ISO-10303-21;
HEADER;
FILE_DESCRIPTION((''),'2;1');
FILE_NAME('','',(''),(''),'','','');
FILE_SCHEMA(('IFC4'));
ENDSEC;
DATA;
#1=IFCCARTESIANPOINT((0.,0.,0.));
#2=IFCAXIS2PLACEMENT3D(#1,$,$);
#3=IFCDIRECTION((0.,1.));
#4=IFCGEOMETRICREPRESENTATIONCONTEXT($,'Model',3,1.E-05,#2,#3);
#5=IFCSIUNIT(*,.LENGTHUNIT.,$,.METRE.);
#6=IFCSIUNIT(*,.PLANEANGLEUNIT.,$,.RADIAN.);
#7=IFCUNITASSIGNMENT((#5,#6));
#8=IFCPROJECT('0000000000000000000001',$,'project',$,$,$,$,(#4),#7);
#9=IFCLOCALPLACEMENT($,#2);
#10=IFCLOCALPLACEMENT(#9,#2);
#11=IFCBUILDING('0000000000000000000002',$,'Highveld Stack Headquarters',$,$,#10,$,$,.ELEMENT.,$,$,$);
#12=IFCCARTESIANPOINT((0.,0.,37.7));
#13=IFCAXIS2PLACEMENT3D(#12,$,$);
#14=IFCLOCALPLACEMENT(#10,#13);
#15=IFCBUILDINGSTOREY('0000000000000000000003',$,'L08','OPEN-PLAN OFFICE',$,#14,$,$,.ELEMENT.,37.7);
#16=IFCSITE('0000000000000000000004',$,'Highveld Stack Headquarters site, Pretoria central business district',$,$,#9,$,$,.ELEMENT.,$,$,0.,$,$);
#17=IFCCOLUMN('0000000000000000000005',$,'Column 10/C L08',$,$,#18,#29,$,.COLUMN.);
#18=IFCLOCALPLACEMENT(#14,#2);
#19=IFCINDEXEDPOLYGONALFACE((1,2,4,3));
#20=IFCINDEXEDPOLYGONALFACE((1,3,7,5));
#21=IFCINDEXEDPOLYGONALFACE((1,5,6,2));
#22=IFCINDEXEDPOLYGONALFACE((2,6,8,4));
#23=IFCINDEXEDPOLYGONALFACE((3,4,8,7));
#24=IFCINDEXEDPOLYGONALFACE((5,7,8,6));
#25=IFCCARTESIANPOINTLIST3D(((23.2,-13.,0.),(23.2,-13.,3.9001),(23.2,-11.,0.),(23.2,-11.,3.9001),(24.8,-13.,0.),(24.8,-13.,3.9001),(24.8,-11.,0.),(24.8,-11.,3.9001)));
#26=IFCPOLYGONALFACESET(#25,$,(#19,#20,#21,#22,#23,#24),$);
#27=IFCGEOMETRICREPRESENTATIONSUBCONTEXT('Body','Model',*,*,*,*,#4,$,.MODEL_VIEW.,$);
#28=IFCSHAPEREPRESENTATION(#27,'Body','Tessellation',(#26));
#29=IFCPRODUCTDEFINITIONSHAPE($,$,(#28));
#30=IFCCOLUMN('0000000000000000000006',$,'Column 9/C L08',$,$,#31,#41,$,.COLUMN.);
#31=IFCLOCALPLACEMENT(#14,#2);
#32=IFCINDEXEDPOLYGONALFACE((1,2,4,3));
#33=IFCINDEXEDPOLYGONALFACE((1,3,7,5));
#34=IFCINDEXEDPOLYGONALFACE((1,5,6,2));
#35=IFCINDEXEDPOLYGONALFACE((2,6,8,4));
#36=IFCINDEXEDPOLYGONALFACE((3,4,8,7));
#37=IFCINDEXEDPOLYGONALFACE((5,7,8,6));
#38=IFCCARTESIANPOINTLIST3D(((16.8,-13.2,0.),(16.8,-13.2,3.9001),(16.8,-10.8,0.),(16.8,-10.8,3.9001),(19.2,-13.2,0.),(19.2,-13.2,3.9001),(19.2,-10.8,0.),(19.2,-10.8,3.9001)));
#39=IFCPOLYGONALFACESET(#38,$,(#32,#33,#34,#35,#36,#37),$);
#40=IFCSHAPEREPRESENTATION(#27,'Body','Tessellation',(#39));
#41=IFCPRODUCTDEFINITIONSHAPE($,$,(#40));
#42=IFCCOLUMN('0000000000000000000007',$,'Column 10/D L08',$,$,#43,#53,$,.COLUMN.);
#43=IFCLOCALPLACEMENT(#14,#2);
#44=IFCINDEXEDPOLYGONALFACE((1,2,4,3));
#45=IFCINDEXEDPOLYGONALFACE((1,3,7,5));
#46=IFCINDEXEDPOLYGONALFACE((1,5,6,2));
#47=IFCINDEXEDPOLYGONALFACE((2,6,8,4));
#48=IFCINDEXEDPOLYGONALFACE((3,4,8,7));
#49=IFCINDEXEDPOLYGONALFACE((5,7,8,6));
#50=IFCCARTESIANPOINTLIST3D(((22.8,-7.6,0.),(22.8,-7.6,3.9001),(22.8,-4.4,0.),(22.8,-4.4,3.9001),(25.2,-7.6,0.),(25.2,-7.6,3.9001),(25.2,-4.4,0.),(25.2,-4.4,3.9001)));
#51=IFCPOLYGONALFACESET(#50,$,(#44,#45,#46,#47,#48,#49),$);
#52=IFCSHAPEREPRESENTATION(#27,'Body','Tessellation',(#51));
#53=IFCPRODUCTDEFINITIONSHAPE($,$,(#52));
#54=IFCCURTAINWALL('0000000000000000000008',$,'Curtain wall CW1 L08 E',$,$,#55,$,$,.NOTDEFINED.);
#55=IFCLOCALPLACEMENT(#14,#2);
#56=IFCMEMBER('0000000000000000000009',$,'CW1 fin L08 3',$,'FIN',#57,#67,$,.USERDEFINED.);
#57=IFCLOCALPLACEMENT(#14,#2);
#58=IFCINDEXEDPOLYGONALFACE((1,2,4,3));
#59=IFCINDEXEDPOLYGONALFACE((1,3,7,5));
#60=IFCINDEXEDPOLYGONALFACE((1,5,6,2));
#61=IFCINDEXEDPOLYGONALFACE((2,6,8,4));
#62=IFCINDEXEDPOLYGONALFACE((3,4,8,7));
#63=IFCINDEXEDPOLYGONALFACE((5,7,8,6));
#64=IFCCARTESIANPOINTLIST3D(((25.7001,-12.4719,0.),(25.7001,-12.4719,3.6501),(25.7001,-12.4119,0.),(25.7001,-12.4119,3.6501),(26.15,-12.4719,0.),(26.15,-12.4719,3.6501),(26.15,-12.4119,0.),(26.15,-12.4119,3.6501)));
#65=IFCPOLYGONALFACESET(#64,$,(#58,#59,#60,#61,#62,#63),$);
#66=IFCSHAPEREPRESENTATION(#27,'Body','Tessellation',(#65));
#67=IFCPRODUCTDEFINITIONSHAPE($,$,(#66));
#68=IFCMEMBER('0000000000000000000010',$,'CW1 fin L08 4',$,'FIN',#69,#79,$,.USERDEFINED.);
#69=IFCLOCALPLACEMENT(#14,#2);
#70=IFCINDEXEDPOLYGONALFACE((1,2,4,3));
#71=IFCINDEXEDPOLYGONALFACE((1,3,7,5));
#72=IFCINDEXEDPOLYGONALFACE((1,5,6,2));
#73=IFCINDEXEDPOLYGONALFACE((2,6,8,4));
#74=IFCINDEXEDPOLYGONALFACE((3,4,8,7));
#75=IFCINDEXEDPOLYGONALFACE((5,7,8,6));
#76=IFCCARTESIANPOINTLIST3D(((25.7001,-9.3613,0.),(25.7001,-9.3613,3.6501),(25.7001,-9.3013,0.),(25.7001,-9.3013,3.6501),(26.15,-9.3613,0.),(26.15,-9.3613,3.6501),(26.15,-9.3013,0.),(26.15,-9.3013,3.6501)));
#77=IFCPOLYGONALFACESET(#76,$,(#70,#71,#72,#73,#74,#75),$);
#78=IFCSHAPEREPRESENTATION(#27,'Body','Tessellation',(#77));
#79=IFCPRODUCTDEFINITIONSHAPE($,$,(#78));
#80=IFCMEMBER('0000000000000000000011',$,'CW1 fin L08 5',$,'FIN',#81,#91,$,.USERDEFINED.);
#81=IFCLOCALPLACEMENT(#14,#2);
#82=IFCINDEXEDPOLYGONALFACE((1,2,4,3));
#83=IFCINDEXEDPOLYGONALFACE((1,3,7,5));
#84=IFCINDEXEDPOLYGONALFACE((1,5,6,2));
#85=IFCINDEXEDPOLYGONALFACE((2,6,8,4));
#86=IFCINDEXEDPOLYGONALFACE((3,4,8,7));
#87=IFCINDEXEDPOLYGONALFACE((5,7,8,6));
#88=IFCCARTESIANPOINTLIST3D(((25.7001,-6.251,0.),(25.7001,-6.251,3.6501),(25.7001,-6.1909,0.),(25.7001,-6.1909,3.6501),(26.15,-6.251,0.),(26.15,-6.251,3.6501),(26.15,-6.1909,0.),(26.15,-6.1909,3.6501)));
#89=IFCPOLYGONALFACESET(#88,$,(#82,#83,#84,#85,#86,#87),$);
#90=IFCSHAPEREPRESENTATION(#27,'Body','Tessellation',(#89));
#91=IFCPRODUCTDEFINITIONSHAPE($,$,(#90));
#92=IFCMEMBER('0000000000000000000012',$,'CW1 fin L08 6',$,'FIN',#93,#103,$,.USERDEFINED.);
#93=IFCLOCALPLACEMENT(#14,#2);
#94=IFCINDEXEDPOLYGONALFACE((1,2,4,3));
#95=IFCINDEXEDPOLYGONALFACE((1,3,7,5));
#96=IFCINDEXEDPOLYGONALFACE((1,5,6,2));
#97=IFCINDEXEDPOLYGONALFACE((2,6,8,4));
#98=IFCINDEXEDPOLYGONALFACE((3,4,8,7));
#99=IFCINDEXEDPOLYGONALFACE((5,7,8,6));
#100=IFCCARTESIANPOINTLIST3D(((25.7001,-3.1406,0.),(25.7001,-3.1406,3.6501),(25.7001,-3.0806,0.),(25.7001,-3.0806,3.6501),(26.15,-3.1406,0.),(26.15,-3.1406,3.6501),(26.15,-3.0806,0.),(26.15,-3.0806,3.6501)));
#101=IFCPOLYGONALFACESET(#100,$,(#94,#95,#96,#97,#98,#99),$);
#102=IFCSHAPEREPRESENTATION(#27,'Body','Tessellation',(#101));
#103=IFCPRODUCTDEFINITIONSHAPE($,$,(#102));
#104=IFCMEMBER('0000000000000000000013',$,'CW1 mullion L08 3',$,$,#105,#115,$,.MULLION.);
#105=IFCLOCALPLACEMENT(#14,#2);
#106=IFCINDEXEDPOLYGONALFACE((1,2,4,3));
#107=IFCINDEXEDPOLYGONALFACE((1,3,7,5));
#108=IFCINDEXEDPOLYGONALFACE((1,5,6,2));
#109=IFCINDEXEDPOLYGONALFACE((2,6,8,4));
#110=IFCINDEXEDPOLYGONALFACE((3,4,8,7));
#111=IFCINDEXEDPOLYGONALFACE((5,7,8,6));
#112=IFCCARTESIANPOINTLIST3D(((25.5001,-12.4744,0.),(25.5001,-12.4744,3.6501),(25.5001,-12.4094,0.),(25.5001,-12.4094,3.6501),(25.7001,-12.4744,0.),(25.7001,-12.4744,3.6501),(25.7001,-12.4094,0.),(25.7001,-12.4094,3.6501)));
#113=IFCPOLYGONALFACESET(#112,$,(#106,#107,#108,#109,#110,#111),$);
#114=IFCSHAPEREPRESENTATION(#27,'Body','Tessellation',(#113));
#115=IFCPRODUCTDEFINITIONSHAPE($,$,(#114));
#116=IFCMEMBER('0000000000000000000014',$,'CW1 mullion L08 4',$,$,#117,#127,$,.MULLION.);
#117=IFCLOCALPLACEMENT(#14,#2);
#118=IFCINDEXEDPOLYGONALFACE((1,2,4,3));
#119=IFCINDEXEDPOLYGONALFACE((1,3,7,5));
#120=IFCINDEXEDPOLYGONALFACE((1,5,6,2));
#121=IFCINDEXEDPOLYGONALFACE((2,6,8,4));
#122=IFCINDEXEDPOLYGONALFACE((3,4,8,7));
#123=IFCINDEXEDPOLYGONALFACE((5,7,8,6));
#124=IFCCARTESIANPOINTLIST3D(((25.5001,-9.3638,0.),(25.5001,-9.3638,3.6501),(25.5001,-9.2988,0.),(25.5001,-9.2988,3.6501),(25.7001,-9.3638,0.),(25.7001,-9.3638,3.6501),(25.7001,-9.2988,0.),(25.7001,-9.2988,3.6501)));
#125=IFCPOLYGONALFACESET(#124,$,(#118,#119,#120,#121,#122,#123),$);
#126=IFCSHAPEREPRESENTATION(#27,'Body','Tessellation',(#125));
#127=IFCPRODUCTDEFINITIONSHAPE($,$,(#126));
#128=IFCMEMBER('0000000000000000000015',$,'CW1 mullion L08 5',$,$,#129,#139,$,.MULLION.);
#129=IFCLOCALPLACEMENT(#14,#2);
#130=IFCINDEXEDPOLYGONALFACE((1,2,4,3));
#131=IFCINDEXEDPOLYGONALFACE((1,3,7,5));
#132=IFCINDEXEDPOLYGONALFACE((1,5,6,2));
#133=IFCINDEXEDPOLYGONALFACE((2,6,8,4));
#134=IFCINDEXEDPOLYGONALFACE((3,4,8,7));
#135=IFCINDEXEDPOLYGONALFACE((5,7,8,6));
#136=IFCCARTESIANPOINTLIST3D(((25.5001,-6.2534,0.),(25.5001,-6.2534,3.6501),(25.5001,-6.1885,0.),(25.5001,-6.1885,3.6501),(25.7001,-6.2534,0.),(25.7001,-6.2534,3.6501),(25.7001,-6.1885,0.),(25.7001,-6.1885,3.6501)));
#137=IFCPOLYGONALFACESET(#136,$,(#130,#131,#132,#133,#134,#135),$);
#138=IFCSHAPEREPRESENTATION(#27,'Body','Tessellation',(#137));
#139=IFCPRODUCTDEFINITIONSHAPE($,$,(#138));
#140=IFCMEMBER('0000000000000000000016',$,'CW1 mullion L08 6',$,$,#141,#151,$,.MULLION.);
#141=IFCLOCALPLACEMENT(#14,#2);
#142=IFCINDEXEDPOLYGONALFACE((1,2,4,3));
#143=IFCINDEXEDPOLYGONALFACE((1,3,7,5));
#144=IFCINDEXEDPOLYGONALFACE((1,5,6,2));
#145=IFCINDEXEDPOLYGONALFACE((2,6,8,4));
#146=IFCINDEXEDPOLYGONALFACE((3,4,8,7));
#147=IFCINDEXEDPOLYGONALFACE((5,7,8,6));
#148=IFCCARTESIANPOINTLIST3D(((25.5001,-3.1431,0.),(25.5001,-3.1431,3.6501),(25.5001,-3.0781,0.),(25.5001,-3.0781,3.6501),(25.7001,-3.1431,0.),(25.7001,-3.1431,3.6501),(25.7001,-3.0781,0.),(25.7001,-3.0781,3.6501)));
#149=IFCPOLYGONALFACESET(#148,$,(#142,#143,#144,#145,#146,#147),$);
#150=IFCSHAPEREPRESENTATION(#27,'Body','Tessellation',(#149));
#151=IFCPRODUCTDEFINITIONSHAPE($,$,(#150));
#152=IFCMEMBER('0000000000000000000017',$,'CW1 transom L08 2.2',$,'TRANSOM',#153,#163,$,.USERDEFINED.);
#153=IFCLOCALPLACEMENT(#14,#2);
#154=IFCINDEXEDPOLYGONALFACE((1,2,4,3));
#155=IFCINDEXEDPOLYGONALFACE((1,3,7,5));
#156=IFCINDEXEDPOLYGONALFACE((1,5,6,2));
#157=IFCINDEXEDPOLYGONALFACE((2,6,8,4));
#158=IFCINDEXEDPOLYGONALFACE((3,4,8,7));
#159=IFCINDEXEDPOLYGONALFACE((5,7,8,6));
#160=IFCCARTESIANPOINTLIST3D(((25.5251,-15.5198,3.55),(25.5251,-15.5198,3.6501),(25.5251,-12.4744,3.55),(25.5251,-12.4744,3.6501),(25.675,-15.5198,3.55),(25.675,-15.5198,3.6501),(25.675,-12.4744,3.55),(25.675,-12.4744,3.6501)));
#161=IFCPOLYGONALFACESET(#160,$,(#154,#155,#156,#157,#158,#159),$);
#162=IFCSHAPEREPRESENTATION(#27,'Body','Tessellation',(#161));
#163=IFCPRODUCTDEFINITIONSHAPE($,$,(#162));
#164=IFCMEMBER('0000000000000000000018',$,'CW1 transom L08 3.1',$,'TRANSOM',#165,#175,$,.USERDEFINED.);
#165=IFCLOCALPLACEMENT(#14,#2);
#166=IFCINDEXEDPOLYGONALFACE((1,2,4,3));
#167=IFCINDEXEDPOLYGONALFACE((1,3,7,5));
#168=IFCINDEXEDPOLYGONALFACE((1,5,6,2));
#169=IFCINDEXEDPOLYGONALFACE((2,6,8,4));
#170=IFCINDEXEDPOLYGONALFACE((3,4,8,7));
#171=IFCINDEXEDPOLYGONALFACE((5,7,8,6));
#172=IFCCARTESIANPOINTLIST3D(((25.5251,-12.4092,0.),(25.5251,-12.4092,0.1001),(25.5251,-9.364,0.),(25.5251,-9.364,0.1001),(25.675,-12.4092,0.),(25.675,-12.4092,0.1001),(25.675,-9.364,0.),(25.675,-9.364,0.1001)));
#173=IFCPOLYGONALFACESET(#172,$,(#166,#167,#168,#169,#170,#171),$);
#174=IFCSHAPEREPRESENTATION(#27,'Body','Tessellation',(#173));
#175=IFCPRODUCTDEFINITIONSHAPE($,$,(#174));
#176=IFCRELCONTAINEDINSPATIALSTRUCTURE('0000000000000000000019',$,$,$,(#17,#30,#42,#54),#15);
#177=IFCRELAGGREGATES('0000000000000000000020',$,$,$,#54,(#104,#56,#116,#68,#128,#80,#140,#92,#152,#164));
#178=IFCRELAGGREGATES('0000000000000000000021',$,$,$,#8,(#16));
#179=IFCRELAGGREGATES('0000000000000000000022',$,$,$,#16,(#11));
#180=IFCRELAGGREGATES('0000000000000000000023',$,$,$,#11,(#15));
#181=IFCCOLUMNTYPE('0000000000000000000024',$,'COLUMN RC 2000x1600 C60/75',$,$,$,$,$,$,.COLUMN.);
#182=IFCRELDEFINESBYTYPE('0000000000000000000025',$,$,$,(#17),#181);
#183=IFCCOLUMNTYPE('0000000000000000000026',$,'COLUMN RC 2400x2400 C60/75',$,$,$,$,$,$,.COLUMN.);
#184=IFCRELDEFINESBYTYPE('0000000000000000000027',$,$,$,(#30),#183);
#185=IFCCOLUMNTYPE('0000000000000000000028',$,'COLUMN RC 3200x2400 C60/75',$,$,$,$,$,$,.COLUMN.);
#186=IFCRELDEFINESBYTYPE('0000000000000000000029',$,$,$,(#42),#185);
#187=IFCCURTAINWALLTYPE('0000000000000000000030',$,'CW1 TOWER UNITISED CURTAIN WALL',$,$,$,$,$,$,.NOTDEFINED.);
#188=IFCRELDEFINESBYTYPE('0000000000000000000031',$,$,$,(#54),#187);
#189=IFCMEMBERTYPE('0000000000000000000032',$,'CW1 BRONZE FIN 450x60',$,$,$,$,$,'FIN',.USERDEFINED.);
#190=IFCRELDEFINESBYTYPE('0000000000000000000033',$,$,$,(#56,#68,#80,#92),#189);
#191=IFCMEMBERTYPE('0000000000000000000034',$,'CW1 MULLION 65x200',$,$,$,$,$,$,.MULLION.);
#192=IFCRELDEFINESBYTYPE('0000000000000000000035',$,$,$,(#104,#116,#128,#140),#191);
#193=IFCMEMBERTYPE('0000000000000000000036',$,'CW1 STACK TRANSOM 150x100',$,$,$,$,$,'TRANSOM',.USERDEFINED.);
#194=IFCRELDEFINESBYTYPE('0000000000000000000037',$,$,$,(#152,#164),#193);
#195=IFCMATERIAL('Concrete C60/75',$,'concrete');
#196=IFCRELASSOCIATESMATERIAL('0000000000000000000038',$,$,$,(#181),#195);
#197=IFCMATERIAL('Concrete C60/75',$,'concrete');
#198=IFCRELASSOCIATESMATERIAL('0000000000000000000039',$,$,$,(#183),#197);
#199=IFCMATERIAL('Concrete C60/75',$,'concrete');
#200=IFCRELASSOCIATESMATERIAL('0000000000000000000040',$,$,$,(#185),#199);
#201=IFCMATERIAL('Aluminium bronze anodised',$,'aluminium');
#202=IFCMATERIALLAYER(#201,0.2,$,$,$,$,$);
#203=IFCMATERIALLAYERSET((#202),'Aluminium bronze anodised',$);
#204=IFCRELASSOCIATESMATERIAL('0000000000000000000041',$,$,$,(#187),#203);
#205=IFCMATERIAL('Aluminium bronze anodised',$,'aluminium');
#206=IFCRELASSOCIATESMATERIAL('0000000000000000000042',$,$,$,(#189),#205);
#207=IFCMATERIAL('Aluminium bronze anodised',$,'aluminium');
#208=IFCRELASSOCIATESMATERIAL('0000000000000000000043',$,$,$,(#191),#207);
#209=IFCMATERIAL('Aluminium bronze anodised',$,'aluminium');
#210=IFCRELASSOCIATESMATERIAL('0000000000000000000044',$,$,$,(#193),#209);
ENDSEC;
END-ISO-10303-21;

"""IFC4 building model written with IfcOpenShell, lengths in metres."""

from ifc_helpers import new_model, si_unit, direction, frame, origin, origin_2d, place, context, subcontext, project, spatial, rectangle, extrude, material, layer, layer_set, material_profile, profile_set, type_object, element, aggregate, save


model = new_model("IFC4")

# Units and contexts
model_context = context("Model", 3, precision=1e-05, world=origin(), true_north=direction((0.0, 1.0)))
body_context = subcontext(model_context, "Body", "Model", "MODEL_VIEW")
ifc_project = project(units=[si_unit("LENGTHUNIT", "METRE"), si_unit("PLANEANGLEUNIT", "RADIAN")], contexts=[model_context])

# Site, building, storey
site_placement = place(None, origin())
site = spatial("IfcSite", under=ifc_project, at=site_placement, Name="Highveld Stack Headquarters site, Pretoria central business district", CompositionType="ELEMENT", RefElevation=0.0)
building_placement = place(site_placement, origin())
building = spatial("IfcBuilding", under=site, at=building_placement, Name="Highveld Stack Headquarters", CompositionType="ELEMENT")
storey_placement = place(building_placement, frame((0.0, 0.0, 37.7)))
storey = spatial("IfcBuildingStorey", under=building, at=storey_placement, Name="L08", Description="OPEN-PLAN OFFICE", CompositionType="ELEMENT", Elevation=37.7)

# Columns
ifc_material_1 = material(Name="Concrete C60/75", Category="concrete")
ifc_material_profile_1 = material_profile(ifc_material_1, rectangle(XDim=2.0, YDim=1.6001, at=origin_2d()), Name="RC 2000x1600")
ifc_profile_set_1 = profile_set([ifc_material_profile_1], Name="Concrete C60/75")
column_type_1 = type_object("IfcColumnType", Name="COLUMN RC 2000x1600 C60/75", PredefinedType="COLUMN", material=ifc_profile_set_1)
column_1_placement = place(storey_placement, frame((24.0, -12.0, 0.0), z_axis=(0.0, 0.0, 1.0), x_axis=(0.0, 1.0, 0.0)))
element("IfcColumn", 1, at=column_1_placement, inside=storey, type_object=column_type_1, Name="Column 10/C L08", PredefinedType="COLUMN", context=body_context, shape_type="SweptSolid", body=[
    extrude(rectangle(XDim=2.0, YDim=1.6001, at=origin_2d()), origin(), (0.0, 0.0, 1.0), 3.9001),
])
ifc_material_2 = material(Name="Concrete C60/75", Category="concrete")
ifc_material_profile_2 = material_profile(ifc_material_2, rectangle(XDim=2.3999, YDim=2.3999, at=origin_2d()), Name="RC 2400x2400")
ifc_profile_set_2 = profile_set([ifc_material_profile_2], Name="Concrete C60/75")
column_type_2 = type_object("IfcColumnType", Name="COLUMN RC 2400x2400 C60/75", PredefinedType="COLUMN", material=ifc_profile_set_2)
column_2_placement = place(storey_placement, frame((18.0, -12.0, 0.0), z_axis=(0.0, 0.0, 1.0), x_axis=(1.0, 0.0, 0.0)))
element("IfcColumn", 2, at=column_2_placement, inside=storey, type_object=column_type_2, Name="Column 9/C L08", PredefinedType="COLUMN", context=body_context, shape_type="SweptSolid", body=[
    extrude(rectangle(XDim=2.3999, YDim=2.3999, at=origin_2d()), origin(), (0.0, 0.0, 1.0), 3.9001),
])
ifc_material_3 = material(Name="Concrete C60/75", Category="concrete")
ifc_material_profile_3 = material_profile(ifc_material_3, rectangle(XDim=3.2, YDim=2.3999, at=origin_2d()), Name="RC 3200x2400")
ifc_profile_set_3 = profile_set([ifc_material_profile_3], Name="Concrete C60/75")
column_type_3 = type_object("IfcColumnType", Name="COLUMN RC 3200x2400 C60/75", PredefinedType="COLUMN", material=ifc_profile_set_3)
column_3_placement = place(storey_placement, frame((24.0, -6.0, 0.0), z_axis=(0.0, 0.0, 1.0), x_axis=(0.0, 1.0, 0.0)))
element("IfcColumn", 3, at=column_3_placement, inside=storey, type_object=column_type_3, Name="Column 10/D L08", PredefinedType="COLUMN", context=body_context, shape_type="SweptSolid", body=[
    extrude(rectangle(XDim=3.2, YDim=2.3999, at=origin_2d()), origin(), (0.0, 0.0, 1.0), 3.9001),
])

# Curtain wall, members
ifc_material_4 = material(Name="Aluminium bronze anodised", Category="aluminium")
ifc_layer_1 = layer(ifc_material_4, 0.2)
ifc_layer_set_1 = layer_set([ifc_layer_1], Name="Aluminium bronze anodised")
curtain_wall_type = type_object("IfcCurtainWallType", Name="CW1 TOWER UNITISED CURTAIN WALL", PredefinedType="NOTDEFINED", material=ifc_layer_set_1)
curtain_wall_placement = place(storey_placement, origin())
curtain_wall = element("IfcCurtainWall", 4, at=curtain_wall_placement, inside=storey, type_object=curtain_wall_type, Name="Curtain wall CW1 L08 E", PredefinedType="NOTDEFINED")
ifc_material_5 = material(Name="Aluminium bronze anodised", Category="aluminium")
ifc_material_profile_4 = material_profile(ifc_material_5, rectangle(XDim=0.45, YDim=0.0601, at=origin_2d()), Name="FIN 450x60")
ifc_profile_set_4 = profile_set([ifc_material_profile_4], Name="Aluminium bronze anodised")
member_type_1 = type_object("IfcMemberType", Name="CW1 BRONZE FIN 450x60", ElementType="FIN", PredefinedType="USERDEFINED", material=ifc_profile_set_4)
member_1_placement = place(storey_placement, frame((25.925, -12.4419, 0.0), z_axis=(0.0, 0.0, 1.0), x_axis=(-1.0, 0.0, 0.0)))
member_1 = element("IfcMember", 5, at=member_1_placement, type_object=member_type_1, Name="CW1 fin L08 3", ObjectType="FIN", PredefinedType="USERDEFINED", context=body_context, shape_type="SweptSolid", body=[
    extrude(rectangle(XDim=0.45, YDim=0.0601, at=origin_2d()), origin(), (0.0, 0.0, 1.0), 3.6501),
])
member_2_placement = place(storey_placement, frame((25.925, -9.3313, 0.0), z_axis=(0.0, 0.0, 1.0), x_axis=(-1.0, 0.0, 0.0)))
member_2 = element("IfcMember", 6, at=member_2_placement, type_object=member_type_1, Name="CW1 fin L08 4", ObjectType="FIN", PredefinedType="USERDEFINED", context=body_context, shape_type="SweptSolid", body=[
    extrude(rectangle(XDim=0.45, YDim=0.0601, at=origin_2d()), origin(), (0.0, 0.0, 1.0), 3.6501),
])
member_3_placement = place(storey_placement, frame((25.925, -6.2209, 0.0), z_axis=(0.0, 0.0, 1.0), x_axis=(-1.0, 0.0, 0.0)))
member_3 = element("IfcMember", 7, at=member_3_placement, type_object=member_type_1, Name="CW1 fin L08 5", ObjectType="FIN", PredefinedType="USERDEFINED", context=body_context, shape_type="SweptSolid", body=[
    extrude(rectangle(XDim=0.45, YDim=0.0601, at=origin_2d()), origin(), (0.0, 0.0, 1.0), 3.6501),
])
member_4_placement = place(storey_placement, frame((25.925, -3.1106, 0.0), z_axis=(0.0, 0.0, 1.0), x_axis=(-1.0, 0.0, 0.0)))
member_4 = element("IfcMember", 8, at=member_4_placement, type_object=member_type_1, Name="CW1 fin L08 6", ObjectType="FIN", PredefinedType="USERDEFINED", context=body_context, shape_type="SweptSolid", body=[
    extrude(rectangle(XDim=0.45, YDim=0.0601, at=origin_2d()), origin(), (0.0, 0.0, 1.0), 3.6501),
])
ifc_material_6 = material(Name="Aluminium bronze anodised", Category="aluminium")
ifc_material_profile_5 = material_profile(ifc_material_6, rectangle(XDim=0.2, YDim=0.0649, at=origin_2d()), Name="CW1 MULLION 65x200")
ifc_profile_set_5 = profile_set([ifc_material_profile_5], Name="Aluminium bronze anodised")
member_type_2 = type_object("IfcMemberType", Name="CW1 MULLION 65x200", PredefinedType="MULLION", material=ifc_profile_set_5)
member_5_placement = place(storey_placement, frame((25.6001, -12.4419, 0.0), z_axis=(0.0, 0.0, 1.0), x_axis=(-1.0, 0.0, 0.0)))
member_5 = element("IfcMember", 9, at=member_5_placement, type_object=member_type_2, Name="CW1 mullion L08 3", PredefinedType="MULLION", context=body_context, shape_type="SweptSolid", body=[
    extrude(rectangle(XDim=0.2, YDim=0.0649, at=origin_2d()), origin(), (0.0, 0.0, 1.0), 3.6501),
])
member_6_placement = place(storey_placement, frame((25.6001, -9.3313, 0.0), z_axis=(0.0, 0.0, 1.0), x_axis=(-1.0, 0.0, 0.0)))
member_6 = element("IfcMember", 10, at=member_6_placement, type_object=member_type_2, Name="CW1 mullion L08 4", PredefinedType="MULLION", context=body_context, shape_type="SweptSolid", body=[
    extrude(rectangle(XDim=0.2, YDim=0.0649, at=origin_2d()), origin(), (0.0, 0.0, 1.0), 3.6501),
])
member_7_placement = place(storey_placement, frame((25.6001, -6.2209, 0.0), z_axis=(0.0, 0.0, 1.0), x_axis=(-1.0, 0.0, 0.0)))
member_7 = element("IfcMember", 11, at=member_7_placement, type_object=member_type_2, Name="CW1 mullion L08 5", PredefinedType="MULLION", context=body_context, shape_type="SweptSolid", body=[
    extrude(rectangle(XDim=0.2, YDim=0.0649, at=origin_2d()), origin(), (0.0, 0.0, 1.0), 3.6501),
])
member_8_placement = place(storey_placement, frame((25.6001, -3.1106, 0.0), z_axis=(0.0, 0.0, 1.0), x_axis=(-1.0, 0.0, 0.0)))
member_8 = element("IfcMember", 12, at=member_8_placement, type_object=member_type_2, Name="CW1 mullion L08 6", PredefinedType="MULLION", context=body_context, shape_type="SweptSolid", body=[
    extrude(rectangle(XDim=0.2, YDim=0.0649, at=origin_2d()), origin(), (0.0, 0.0, 1.0), 3.6501),
])
ifc_material_7 = material(Name="Aluminium bronze anodised", Category="aluminium")
ifc_material_profile_6 = material_profile(ifc_material_7, rectangle(XDim=0.1499, YDim=0.1001, at=origin_2d()), Name="CW1 TRANSOM 150x100")
ifc_profile_set_6 = profile_set([ifc_material_profile_6], Name="Aluminium bronze anodised")
member_type_3 = type_object("IfcMemberType", Name="CW1 STACK TRANSOM 150x100", ElementType="TRANSOM", PredefinedType="USERDEFINED", material=ifc_profile_set_6)
member_9_placement = place(storey_placement, frame((25.6001, -15.5198, 3.6001), z_axis=(0.0, 1.0, 0.0), x_axis=(-1.0, 0.0, 0.0)))
member_9 = element("IfcMember", 13, at=member_9_placement, type_object=member_type_3, Name="CW1 transom L08 2.2", ObjectType="TRANSOM", PredefinedType="USERDEFINED", context=body_context, shape_type="SweptSolid", body=[
    extrude(rectangle(XDim=0.1499, YDim=0.1001, at=origin_2d()), origin(), (0.0, 0.0, 1.0), 3.0454),
])
member_10_placement = place(storey_placement, frame((25.6001, -12.4092, 0.05), z_axis=(0.0, 1.0, 0.0), x_axis=(-1.0, 0.0, 0.0)))
member_10 = element("IfcMember", 14, at=member_10_placement, type_object=member_type_3, Name="CW1 transom L08 3.1", ObjectType="TRANSOM", PredefinedType="USERDEFINED", context=body_context, shape_type="SweptSolid", body=[
    extrude(rectangle(XDim=0.1499, YDim=0.1001, at=origin_2d()), origin(), (0.0, 0.0, 1.0), 3.0452),
])
aggregate(curtain_wall, [member_5, member_1, member_6, member_2, member_7, member_3, member_8, member_4, member_9, member_10])

save(model, "model.ifc")
